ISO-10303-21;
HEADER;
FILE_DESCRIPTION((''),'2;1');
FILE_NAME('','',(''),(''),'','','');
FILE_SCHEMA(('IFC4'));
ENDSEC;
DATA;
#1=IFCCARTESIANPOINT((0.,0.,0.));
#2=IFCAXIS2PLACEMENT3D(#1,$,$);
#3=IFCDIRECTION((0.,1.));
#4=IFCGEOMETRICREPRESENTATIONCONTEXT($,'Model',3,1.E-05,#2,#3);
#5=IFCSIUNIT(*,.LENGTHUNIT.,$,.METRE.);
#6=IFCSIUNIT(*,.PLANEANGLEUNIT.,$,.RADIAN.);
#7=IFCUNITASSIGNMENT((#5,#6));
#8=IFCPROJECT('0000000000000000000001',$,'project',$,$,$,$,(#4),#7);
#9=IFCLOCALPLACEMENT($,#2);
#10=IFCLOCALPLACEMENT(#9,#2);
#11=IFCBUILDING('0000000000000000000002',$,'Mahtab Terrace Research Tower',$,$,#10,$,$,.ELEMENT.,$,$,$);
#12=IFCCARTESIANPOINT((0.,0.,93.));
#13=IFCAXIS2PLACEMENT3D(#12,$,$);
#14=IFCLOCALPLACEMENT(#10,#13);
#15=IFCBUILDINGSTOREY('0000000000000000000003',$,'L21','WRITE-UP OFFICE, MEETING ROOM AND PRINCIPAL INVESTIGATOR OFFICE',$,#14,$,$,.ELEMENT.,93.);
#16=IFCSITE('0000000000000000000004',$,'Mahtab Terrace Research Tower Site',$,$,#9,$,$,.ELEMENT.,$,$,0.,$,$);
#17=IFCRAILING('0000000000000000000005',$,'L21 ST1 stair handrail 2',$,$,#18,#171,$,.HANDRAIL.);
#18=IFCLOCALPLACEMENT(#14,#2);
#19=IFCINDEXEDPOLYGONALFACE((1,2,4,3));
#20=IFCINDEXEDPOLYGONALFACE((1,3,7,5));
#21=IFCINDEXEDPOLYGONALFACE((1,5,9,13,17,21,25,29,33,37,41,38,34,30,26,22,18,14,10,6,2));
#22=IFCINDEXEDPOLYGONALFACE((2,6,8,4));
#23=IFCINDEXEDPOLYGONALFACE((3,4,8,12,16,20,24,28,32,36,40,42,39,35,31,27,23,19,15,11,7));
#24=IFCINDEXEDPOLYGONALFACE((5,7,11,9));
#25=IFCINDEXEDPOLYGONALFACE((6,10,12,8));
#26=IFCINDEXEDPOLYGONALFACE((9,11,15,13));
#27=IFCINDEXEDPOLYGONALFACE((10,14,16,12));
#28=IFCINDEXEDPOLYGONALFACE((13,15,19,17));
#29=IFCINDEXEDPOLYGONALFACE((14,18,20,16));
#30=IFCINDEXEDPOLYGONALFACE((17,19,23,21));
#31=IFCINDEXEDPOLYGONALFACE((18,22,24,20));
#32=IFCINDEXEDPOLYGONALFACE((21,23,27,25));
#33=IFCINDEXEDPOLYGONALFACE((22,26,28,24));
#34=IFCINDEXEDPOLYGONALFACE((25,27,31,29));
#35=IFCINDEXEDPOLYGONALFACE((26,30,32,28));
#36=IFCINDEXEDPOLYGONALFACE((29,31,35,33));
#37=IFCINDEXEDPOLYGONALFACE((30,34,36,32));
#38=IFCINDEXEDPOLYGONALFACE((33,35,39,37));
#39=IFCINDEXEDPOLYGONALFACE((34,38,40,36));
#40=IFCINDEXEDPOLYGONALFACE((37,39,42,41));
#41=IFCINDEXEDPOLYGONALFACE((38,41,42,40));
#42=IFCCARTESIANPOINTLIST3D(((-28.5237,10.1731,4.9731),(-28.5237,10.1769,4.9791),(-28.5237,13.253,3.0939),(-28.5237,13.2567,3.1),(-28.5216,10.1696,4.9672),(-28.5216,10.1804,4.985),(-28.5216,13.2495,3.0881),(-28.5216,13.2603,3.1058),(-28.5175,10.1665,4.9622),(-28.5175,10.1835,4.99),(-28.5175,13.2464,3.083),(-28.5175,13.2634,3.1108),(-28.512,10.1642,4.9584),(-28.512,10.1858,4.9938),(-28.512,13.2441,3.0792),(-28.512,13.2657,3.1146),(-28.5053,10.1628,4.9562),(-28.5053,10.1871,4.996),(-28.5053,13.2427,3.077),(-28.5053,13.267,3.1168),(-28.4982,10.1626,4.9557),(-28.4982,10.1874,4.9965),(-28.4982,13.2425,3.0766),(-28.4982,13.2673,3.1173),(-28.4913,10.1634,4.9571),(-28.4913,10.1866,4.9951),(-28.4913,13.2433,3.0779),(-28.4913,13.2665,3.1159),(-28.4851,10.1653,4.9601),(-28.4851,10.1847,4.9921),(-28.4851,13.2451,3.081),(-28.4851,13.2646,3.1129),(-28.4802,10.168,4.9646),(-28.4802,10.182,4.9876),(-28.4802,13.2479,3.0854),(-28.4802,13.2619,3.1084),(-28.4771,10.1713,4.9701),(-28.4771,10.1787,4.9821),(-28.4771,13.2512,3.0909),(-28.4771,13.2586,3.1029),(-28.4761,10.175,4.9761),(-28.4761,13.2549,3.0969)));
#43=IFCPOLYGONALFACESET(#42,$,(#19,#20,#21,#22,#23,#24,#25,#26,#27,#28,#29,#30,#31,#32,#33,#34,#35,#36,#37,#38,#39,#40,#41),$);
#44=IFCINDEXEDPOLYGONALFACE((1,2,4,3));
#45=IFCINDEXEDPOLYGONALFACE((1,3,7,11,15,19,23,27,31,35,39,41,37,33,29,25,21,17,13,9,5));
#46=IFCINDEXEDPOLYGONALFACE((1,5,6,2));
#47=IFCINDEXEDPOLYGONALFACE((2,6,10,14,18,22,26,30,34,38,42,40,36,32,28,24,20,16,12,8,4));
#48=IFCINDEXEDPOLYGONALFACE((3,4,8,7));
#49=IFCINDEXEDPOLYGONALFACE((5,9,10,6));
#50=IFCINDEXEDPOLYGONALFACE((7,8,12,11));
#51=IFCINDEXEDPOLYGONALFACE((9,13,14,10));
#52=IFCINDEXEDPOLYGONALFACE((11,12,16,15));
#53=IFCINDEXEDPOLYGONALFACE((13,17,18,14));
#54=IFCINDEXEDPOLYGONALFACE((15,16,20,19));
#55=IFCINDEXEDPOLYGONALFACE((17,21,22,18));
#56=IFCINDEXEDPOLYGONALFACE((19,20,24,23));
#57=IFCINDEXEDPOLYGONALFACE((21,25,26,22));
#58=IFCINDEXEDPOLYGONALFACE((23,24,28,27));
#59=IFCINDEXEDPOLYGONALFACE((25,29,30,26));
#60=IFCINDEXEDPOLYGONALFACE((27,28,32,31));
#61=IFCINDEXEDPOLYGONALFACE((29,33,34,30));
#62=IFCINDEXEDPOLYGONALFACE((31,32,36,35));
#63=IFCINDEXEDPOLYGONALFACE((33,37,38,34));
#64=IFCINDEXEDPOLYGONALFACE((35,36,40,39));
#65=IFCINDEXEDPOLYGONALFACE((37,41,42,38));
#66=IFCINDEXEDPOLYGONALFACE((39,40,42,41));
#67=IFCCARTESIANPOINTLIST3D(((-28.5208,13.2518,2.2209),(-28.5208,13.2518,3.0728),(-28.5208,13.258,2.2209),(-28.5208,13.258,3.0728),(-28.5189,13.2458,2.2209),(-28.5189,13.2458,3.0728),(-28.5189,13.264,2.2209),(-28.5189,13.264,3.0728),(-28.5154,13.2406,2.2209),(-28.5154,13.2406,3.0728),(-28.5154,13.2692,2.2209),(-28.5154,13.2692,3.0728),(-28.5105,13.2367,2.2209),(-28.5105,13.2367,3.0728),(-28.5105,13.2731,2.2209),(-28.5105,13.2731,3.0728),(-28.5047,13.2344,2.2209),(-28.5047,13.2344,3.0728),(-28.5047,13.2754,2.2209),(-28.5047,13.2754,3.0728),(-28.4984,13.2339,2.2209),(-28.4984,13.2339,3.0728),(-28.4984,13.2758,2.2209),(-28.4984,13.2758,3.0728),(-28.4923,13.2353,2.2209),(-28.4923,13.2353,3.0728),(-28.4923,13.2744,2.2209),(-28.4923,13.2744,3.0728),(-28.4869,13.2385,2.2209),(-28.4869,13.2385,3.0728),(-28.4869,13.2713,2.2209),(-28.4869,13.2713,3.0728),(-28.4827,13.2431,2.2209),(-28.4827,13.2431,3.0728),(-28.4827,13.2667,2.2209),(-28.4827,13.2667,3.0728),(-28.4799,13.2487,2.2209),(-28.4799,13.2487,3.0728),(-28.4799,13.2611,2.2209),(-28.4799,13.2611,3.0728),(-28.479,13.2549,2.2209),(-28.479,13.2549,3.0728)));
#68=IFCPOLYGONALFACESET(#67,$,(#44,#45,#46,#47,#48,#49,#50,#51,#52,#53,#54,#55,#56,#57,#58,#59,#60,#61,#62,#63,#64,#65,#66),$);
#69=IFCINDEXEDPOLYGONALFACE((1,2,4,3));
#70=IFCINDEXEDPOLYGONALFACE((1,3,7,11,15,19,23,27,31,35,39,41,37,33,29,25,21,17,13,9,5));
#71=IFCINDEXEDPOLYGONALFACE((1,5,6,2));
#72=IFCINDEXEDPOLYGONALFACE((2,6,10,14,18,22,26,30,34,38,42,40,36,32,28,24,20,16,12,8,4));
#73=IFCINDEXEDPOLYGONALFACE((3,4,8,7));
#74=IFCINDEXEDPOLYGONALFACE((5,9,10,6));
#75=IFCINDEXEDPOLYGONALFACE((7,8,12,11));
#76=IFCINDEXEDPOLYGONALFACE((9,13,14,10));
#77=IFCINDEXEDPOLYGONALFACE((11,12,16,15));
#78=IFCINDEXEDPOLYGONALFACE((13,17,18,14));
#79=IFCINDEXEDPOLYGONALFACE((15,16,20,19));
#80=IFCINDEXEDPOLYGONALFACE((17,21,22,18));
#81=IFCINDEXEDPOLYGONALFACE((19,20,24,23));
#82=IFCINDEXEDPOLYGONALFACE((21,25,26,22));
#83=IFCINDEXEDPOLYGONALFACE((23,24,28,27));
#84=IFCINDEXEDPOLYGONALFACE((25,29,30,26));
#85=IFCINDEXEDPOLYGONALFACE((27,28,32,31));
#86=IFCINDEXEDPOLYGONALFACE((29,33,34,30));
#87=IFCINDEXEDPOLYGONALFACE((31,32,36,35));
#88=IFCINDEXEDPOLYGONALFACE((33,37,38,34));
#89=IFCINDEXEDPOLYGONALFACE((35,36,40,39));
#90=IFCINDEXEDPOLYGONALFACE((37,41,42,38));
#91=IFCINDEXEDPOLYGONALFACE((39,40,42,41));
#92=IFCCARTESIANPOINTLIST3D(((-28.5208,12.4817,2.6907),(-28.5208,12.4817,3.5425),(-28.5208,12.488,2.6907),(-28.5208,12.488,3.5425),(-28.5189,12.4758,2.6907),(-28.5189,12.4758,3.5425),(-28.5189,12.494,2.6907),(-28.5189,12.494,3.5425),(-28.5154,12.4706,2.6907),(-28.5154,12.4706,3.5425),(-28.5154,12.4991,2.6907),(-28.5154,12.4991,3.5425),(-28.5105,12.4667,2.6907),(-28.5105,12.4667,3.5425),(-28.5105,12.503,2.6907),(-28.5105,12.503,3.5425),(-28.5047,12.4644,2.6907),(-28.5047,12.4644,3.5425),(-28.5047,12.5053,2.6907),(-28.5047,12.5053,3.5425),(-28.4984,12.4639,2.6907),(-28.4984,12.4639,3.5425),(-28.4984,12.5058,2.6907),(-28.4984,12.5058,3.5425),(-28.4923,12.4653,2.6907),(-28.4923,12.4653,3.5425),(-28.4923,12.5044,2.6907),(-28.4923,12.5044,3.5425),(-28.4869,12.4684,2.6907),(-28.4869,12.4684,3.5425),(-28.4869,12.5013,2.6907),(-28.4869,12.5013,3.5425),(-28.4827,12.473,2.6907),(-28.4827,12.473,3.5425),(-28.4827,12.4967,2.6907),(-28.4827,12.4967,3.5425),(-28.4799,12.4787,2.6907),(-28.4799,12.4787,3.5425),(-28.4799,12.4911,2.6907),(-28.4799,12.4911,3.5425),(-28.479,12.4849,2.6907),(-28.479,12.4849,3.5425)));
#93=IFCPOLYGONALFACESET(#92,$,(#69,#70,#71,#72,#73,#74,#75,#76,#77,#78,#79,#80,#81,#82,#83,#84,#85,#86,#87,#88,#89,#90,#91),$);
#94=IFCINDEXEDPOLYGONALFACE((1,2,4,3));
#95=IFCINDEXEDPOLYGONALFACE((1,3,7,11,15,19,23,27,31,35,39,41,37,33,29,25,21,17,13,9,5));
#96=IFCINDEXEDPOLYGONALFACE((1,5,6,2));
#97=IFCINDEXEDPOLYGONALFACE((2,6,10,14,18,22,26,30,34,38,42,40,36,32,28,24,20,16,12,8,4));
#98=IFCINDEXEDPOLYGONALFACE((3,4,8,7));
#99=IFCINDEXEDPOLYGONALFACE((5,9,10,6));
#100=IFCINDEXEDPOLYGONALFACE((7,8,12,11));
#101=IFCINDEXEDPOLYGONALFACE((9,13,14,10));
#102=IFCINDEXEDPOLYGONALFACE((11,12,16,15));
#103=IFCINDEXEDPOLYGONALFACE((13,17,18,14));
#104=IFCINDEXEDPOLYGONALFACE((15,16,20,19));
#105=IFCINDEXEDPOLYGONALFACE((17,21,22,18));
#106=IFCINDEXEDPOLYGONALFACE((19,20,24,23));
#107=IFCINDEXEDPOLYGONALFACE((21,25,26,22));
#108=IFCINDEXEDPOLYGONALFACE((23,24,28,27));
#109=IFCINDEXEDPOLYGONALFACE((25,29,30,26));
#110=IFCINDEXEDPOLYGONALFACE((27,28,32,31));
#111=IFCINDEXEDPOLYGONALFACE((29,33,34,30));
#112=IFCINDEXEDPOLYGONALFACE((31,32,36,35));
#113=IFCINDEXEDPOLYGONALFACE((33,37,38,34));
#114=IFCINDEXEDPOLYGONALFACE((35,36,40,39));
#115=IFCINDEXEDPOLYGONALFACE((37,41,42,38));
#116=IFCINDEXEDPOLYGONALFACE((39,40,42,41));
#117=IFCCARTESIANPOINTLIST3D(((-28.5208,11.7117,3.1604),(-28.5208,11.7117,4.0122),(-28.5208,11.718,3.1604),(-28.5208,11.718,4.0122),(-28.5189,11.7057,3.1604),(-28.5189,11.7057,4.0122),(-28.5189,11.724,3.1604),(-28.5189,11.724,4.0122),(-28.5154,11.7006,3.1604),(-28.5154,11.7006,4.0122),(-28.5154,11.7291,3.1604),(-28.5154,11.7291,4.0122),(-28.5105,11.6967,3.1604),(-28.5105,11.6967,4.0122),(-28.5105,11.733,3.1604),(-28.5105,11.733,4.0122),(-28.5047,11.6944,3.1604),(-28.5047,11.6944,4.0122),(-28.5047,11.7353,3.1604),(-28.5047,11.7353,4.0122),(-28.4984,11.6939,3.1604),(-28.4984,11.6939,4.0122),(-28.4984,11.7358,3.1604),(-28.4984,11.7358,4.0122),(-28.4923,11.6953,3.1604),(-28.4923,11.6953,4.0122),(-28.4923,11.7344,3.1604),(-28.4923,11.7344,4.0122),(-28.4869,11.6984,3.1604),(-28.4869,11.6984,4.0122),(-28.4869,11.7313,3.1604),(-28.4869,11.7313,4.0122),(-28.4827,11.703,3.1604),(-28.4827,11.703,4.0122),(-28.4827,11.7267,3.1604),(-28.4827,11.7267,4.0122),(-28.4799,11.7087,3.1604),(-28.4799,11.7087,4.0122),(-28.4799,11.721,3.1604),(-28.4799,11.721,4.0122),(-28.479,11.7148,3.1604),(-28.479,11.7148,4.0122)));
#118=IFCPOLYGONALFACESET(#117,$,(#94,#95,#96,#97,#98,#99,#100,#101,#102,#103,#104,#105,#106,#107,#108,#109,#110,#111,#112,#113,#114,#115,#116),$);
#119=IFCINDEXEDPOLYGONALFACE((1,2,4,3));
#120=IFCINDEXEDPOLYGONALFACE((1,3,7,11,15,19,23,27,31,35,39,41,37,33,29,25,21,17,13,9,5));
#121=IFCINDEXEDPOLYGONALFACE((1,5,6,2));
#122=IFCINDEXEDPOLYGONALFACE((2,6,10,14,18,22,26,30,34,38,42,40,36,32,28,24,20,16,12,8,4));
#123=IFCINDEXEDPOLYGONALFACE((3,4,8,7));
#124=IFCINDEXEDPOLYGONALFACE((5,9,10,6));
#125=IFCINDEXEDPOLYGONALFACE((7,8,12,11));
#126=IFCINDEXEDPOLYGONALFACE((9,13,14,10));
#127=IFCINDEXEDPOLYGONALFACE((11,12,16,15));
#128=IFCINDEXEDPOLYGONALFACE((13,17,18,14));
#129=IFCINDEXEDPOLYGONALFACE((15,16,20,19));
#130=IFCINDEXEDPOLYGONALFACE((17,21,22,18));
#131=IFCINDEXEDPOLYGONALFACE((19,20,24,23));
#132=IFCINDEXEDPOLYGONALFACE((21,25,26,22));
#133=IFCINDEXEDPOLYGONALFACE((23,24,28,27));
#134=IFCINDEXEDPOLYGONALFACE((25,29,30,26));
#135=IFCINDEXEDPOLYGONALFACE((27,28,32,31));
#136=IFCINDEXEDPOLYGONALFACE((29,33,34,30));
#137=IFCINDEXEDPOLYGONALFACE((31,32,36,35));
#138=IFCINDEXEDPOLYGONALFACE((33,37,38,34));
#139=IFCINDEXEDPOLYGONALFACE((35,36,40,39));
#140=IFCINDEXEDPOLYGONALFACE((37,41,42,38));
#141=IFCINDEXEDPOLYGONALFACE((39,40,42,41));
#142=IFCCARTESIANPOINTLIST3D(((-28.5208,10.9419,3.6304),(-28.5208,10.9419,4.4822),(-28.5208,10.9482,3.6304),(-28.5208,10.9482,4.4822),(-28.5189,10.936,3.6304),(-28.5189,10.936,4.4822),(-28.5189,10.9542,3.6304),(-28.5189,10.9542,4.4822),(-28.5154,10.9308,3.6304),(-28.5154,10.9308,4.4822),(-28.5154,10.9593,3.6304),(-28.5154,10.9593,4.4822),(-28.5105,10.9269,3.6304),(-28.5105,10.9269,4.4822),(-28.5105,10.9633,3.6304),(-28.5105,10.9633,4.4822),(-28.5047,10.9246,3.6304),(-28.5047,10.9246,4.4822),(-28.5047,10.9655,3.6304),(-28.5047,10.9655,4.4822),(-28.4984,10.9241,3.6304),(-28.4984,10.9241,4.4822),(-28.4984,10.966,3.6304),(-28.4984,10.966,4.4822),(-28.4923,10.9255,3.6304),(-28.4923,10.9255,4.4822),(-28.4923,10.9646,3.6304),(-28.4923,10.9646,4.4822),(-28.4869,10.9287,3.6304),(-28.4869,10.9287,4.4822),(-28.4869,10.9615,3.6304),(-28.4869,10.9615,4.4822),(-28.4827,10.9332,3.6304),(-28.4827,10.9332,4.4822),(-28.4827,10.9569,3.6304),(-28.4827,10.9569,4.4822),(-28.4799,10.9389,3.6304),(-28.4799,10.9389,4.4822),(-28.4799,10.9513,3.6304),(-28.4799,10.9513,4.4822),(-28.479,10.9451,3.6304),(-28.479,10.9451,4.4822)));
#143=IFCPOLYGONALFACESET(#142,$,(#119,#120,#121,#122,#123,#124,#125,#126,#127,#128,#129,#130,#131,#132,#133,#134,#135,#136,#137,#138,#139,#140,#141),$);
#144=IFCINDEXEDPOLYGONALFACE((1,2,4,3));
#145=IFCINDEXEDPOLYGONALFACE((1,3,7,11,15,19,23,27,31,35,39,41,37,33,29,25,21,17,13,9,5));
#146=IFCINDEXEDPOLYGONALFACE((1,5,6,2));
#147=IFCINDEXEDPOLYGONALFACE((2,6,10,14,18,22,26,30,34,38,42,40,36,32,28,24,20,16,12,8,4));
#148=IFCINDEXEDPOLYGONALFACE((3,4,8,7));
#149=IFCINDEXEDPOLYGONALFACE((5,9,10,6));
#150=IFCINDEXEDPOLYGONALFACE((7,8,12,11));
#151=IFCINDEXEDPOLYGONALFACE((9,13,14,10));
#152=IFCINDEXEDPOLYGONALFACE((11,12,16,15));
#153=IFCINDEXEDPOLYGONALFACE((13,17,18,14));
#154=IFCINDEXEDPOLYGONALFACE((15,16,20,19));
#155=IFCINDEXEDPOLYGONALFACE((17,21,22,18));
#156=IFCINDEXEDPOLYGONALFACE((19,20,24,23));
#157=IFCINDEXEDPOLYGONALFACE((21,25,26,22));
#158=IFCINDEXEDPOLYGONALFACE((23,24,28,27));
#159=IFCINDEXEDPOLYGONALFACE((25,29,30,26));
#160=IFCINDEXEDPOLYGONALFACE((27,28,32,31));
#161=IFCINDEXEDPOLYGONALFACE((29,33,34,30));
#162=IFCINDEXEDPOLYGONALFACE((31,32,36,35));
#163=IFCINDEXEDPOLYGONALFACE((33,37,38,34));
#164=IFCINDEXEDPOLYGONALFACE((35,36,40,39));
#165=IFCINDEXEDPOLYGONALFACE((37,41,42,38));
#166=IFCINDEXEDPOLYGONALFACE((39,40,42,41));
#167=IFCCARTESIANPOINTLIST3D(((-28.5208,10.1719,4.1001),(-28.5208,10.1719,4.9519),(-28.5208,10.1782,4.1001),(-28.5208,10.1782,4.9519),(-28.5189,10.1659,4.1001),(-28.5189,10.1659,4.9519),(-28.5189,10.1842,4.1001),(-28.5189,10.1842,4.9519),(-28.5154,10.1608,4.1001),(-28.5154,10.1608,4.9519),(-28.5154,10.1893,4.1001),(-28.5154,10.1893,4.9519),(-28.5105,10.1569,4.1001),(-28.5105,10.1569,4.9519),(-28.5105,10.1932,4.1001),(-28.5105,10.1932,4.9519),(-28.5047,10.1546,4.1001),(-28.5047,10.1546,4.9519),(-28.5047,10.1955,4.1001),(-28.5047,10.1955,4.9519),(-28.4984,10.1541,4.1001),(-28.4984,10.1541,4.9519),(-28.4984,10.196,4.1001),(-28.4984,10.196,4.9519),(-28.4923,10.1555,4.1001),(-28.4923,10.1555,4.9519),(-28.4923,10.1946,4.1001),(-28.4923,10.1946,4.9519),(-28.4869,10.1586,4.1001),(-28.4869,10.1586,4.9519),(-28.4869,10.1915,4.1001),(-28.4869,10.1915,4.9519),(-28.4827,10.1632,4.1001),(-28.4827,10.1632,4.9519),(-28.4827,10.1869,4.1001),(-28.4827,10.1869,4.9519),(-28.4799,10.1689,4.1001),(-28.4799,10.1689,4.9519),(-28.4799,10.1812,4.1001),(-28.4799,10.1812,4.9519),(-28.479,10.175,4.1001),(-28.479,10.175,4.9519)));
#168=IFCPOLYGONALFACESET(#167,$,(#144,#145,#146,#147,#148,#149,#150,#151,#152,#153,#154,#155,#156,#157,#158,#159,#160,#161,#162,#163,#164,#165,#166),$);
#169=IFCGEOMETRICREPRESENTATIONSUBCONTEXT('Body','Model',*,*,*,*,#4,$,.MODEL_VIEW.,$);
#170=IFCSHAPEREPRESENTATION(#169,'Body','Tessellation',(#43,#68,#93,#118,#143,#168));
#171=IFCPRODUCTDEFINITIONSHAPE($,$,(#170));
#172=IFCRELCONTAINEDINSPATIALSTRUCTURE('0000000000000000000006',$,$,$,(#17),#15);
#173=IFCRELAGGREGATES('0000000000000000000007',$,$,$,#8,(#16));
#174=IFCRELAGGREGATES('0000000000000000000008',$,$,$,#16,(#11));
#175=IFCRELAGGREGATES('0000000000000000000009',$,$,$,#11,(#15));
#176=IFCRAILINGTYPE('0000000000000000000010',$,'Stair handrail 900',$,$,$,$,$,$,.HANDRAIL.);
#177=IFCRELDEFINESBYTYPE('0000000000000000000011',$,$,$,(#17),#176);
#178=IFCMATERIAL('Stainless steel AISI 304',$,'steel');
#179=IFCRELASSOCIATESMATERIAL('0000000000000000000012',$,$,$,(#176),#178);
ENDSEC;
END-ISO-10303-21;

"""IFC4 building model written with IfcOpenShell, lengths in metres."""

from ifc_helpers import new_model, si_unit, direction, frame, origin, origin_2d, place, context, subcontext, project, spatial, circle, extrude, material, type_object, element, save


model = new_model("IFC4")

# Units and contexts
model_context = context("Model", 3, precision=1e-05, world=origin(), true_north=direction((0.0, 1.0)))
body_context = subcontext(model_context, "Body", "Model", "MODEL_VIEW")
ifc_project = project(units=[si_unit("LENGTHUNIT", "METRE"), si_unit("PLANEANGLEUNIT", "RADIAN")], contexts=[model_context])

# Site, building, storey
site_placement = place(None, origin())
site = spatial("IfcSite", under=ifc_project, at=site_placement, Name="Mahtab Terrace Research Tower Site", CompositionType="ELEMENT", RefElevation=0.0)
building_placement = place(site_placement, origin())
building = spatial("IfcBuilding", under=site, at=building_placement, Name="Mahtab Terrace Research Tower", CompositionType="ELEMENT")
storey_placement = place(building_placement, frame((0.0, 0.0, 93.0)))
storey = spatial("IfcBuildingStorey", under=building, at=storey_placement, Name="L21", Description="WRITE-UP OFFICE, MEETING ROOM AND PRINCIPAL INVESTIGATOR OFFICE", CompositionType="ELEMENT", Elevation=93.0)

# Railing
ifc_material_1 = material(Name="Stainless steel AISI 304", Category="steel")
railing_type_1 = type_object("IfcRailingType", Name="Stair handrail 900", PredefinedType="HANDRAIL", material=ifc_material_1)
railing_1_placement = place(storey_placement, frame((-28.5, 13.2549, 2.2209)))
element("IfcRailing", 1, at=railing_1_placement, inside=storey, type_object=railing_type_1, Name="L21 ST1 stair handrail 2", PredefinedType="HANDRAIL", context=body_context, shape_type="SweptSolid", body=[
    extrude(circle(Radius=0.0239, at=origin_2d()), frame((0.0, 0.0, 0.876), z_axis=(0.0, -0.853648, 0.52085), x_axis=(1.0, 0.0, 0.0)), (0.0, 0.0, 1.0), 3.6079),
    extrude(circle(Radius=0.021, at=origin_2d()), origin(), (0.0, 0.0, 1.0), 0.8518),
    extrude(circle(Radius=0.021, at=origin_2d()), frame((0.0, -0.77, 0.4697)), (0.0, 0.0, 1.0), 0.8518),
    extrude(circle(Radius=0.021, at=origin_2d()), frame((0.0, -1.54, 0.9395)), (0.0, 0.0, 1.0), 0.8518),
    extrude(circle(Radius=0.021, at=origin_2d()), frame((0.0, -2.3098, 1.4094)), (0.0, 0.0, 1.0), 0.8518),
    extrude(circle(Radius=0.021, at=origin_2d()), frame((0.0, -3.0798, 1.8792)), (0.0, 0.0, 1.0), 0.8518),
])

save(model, "model.ifc")
